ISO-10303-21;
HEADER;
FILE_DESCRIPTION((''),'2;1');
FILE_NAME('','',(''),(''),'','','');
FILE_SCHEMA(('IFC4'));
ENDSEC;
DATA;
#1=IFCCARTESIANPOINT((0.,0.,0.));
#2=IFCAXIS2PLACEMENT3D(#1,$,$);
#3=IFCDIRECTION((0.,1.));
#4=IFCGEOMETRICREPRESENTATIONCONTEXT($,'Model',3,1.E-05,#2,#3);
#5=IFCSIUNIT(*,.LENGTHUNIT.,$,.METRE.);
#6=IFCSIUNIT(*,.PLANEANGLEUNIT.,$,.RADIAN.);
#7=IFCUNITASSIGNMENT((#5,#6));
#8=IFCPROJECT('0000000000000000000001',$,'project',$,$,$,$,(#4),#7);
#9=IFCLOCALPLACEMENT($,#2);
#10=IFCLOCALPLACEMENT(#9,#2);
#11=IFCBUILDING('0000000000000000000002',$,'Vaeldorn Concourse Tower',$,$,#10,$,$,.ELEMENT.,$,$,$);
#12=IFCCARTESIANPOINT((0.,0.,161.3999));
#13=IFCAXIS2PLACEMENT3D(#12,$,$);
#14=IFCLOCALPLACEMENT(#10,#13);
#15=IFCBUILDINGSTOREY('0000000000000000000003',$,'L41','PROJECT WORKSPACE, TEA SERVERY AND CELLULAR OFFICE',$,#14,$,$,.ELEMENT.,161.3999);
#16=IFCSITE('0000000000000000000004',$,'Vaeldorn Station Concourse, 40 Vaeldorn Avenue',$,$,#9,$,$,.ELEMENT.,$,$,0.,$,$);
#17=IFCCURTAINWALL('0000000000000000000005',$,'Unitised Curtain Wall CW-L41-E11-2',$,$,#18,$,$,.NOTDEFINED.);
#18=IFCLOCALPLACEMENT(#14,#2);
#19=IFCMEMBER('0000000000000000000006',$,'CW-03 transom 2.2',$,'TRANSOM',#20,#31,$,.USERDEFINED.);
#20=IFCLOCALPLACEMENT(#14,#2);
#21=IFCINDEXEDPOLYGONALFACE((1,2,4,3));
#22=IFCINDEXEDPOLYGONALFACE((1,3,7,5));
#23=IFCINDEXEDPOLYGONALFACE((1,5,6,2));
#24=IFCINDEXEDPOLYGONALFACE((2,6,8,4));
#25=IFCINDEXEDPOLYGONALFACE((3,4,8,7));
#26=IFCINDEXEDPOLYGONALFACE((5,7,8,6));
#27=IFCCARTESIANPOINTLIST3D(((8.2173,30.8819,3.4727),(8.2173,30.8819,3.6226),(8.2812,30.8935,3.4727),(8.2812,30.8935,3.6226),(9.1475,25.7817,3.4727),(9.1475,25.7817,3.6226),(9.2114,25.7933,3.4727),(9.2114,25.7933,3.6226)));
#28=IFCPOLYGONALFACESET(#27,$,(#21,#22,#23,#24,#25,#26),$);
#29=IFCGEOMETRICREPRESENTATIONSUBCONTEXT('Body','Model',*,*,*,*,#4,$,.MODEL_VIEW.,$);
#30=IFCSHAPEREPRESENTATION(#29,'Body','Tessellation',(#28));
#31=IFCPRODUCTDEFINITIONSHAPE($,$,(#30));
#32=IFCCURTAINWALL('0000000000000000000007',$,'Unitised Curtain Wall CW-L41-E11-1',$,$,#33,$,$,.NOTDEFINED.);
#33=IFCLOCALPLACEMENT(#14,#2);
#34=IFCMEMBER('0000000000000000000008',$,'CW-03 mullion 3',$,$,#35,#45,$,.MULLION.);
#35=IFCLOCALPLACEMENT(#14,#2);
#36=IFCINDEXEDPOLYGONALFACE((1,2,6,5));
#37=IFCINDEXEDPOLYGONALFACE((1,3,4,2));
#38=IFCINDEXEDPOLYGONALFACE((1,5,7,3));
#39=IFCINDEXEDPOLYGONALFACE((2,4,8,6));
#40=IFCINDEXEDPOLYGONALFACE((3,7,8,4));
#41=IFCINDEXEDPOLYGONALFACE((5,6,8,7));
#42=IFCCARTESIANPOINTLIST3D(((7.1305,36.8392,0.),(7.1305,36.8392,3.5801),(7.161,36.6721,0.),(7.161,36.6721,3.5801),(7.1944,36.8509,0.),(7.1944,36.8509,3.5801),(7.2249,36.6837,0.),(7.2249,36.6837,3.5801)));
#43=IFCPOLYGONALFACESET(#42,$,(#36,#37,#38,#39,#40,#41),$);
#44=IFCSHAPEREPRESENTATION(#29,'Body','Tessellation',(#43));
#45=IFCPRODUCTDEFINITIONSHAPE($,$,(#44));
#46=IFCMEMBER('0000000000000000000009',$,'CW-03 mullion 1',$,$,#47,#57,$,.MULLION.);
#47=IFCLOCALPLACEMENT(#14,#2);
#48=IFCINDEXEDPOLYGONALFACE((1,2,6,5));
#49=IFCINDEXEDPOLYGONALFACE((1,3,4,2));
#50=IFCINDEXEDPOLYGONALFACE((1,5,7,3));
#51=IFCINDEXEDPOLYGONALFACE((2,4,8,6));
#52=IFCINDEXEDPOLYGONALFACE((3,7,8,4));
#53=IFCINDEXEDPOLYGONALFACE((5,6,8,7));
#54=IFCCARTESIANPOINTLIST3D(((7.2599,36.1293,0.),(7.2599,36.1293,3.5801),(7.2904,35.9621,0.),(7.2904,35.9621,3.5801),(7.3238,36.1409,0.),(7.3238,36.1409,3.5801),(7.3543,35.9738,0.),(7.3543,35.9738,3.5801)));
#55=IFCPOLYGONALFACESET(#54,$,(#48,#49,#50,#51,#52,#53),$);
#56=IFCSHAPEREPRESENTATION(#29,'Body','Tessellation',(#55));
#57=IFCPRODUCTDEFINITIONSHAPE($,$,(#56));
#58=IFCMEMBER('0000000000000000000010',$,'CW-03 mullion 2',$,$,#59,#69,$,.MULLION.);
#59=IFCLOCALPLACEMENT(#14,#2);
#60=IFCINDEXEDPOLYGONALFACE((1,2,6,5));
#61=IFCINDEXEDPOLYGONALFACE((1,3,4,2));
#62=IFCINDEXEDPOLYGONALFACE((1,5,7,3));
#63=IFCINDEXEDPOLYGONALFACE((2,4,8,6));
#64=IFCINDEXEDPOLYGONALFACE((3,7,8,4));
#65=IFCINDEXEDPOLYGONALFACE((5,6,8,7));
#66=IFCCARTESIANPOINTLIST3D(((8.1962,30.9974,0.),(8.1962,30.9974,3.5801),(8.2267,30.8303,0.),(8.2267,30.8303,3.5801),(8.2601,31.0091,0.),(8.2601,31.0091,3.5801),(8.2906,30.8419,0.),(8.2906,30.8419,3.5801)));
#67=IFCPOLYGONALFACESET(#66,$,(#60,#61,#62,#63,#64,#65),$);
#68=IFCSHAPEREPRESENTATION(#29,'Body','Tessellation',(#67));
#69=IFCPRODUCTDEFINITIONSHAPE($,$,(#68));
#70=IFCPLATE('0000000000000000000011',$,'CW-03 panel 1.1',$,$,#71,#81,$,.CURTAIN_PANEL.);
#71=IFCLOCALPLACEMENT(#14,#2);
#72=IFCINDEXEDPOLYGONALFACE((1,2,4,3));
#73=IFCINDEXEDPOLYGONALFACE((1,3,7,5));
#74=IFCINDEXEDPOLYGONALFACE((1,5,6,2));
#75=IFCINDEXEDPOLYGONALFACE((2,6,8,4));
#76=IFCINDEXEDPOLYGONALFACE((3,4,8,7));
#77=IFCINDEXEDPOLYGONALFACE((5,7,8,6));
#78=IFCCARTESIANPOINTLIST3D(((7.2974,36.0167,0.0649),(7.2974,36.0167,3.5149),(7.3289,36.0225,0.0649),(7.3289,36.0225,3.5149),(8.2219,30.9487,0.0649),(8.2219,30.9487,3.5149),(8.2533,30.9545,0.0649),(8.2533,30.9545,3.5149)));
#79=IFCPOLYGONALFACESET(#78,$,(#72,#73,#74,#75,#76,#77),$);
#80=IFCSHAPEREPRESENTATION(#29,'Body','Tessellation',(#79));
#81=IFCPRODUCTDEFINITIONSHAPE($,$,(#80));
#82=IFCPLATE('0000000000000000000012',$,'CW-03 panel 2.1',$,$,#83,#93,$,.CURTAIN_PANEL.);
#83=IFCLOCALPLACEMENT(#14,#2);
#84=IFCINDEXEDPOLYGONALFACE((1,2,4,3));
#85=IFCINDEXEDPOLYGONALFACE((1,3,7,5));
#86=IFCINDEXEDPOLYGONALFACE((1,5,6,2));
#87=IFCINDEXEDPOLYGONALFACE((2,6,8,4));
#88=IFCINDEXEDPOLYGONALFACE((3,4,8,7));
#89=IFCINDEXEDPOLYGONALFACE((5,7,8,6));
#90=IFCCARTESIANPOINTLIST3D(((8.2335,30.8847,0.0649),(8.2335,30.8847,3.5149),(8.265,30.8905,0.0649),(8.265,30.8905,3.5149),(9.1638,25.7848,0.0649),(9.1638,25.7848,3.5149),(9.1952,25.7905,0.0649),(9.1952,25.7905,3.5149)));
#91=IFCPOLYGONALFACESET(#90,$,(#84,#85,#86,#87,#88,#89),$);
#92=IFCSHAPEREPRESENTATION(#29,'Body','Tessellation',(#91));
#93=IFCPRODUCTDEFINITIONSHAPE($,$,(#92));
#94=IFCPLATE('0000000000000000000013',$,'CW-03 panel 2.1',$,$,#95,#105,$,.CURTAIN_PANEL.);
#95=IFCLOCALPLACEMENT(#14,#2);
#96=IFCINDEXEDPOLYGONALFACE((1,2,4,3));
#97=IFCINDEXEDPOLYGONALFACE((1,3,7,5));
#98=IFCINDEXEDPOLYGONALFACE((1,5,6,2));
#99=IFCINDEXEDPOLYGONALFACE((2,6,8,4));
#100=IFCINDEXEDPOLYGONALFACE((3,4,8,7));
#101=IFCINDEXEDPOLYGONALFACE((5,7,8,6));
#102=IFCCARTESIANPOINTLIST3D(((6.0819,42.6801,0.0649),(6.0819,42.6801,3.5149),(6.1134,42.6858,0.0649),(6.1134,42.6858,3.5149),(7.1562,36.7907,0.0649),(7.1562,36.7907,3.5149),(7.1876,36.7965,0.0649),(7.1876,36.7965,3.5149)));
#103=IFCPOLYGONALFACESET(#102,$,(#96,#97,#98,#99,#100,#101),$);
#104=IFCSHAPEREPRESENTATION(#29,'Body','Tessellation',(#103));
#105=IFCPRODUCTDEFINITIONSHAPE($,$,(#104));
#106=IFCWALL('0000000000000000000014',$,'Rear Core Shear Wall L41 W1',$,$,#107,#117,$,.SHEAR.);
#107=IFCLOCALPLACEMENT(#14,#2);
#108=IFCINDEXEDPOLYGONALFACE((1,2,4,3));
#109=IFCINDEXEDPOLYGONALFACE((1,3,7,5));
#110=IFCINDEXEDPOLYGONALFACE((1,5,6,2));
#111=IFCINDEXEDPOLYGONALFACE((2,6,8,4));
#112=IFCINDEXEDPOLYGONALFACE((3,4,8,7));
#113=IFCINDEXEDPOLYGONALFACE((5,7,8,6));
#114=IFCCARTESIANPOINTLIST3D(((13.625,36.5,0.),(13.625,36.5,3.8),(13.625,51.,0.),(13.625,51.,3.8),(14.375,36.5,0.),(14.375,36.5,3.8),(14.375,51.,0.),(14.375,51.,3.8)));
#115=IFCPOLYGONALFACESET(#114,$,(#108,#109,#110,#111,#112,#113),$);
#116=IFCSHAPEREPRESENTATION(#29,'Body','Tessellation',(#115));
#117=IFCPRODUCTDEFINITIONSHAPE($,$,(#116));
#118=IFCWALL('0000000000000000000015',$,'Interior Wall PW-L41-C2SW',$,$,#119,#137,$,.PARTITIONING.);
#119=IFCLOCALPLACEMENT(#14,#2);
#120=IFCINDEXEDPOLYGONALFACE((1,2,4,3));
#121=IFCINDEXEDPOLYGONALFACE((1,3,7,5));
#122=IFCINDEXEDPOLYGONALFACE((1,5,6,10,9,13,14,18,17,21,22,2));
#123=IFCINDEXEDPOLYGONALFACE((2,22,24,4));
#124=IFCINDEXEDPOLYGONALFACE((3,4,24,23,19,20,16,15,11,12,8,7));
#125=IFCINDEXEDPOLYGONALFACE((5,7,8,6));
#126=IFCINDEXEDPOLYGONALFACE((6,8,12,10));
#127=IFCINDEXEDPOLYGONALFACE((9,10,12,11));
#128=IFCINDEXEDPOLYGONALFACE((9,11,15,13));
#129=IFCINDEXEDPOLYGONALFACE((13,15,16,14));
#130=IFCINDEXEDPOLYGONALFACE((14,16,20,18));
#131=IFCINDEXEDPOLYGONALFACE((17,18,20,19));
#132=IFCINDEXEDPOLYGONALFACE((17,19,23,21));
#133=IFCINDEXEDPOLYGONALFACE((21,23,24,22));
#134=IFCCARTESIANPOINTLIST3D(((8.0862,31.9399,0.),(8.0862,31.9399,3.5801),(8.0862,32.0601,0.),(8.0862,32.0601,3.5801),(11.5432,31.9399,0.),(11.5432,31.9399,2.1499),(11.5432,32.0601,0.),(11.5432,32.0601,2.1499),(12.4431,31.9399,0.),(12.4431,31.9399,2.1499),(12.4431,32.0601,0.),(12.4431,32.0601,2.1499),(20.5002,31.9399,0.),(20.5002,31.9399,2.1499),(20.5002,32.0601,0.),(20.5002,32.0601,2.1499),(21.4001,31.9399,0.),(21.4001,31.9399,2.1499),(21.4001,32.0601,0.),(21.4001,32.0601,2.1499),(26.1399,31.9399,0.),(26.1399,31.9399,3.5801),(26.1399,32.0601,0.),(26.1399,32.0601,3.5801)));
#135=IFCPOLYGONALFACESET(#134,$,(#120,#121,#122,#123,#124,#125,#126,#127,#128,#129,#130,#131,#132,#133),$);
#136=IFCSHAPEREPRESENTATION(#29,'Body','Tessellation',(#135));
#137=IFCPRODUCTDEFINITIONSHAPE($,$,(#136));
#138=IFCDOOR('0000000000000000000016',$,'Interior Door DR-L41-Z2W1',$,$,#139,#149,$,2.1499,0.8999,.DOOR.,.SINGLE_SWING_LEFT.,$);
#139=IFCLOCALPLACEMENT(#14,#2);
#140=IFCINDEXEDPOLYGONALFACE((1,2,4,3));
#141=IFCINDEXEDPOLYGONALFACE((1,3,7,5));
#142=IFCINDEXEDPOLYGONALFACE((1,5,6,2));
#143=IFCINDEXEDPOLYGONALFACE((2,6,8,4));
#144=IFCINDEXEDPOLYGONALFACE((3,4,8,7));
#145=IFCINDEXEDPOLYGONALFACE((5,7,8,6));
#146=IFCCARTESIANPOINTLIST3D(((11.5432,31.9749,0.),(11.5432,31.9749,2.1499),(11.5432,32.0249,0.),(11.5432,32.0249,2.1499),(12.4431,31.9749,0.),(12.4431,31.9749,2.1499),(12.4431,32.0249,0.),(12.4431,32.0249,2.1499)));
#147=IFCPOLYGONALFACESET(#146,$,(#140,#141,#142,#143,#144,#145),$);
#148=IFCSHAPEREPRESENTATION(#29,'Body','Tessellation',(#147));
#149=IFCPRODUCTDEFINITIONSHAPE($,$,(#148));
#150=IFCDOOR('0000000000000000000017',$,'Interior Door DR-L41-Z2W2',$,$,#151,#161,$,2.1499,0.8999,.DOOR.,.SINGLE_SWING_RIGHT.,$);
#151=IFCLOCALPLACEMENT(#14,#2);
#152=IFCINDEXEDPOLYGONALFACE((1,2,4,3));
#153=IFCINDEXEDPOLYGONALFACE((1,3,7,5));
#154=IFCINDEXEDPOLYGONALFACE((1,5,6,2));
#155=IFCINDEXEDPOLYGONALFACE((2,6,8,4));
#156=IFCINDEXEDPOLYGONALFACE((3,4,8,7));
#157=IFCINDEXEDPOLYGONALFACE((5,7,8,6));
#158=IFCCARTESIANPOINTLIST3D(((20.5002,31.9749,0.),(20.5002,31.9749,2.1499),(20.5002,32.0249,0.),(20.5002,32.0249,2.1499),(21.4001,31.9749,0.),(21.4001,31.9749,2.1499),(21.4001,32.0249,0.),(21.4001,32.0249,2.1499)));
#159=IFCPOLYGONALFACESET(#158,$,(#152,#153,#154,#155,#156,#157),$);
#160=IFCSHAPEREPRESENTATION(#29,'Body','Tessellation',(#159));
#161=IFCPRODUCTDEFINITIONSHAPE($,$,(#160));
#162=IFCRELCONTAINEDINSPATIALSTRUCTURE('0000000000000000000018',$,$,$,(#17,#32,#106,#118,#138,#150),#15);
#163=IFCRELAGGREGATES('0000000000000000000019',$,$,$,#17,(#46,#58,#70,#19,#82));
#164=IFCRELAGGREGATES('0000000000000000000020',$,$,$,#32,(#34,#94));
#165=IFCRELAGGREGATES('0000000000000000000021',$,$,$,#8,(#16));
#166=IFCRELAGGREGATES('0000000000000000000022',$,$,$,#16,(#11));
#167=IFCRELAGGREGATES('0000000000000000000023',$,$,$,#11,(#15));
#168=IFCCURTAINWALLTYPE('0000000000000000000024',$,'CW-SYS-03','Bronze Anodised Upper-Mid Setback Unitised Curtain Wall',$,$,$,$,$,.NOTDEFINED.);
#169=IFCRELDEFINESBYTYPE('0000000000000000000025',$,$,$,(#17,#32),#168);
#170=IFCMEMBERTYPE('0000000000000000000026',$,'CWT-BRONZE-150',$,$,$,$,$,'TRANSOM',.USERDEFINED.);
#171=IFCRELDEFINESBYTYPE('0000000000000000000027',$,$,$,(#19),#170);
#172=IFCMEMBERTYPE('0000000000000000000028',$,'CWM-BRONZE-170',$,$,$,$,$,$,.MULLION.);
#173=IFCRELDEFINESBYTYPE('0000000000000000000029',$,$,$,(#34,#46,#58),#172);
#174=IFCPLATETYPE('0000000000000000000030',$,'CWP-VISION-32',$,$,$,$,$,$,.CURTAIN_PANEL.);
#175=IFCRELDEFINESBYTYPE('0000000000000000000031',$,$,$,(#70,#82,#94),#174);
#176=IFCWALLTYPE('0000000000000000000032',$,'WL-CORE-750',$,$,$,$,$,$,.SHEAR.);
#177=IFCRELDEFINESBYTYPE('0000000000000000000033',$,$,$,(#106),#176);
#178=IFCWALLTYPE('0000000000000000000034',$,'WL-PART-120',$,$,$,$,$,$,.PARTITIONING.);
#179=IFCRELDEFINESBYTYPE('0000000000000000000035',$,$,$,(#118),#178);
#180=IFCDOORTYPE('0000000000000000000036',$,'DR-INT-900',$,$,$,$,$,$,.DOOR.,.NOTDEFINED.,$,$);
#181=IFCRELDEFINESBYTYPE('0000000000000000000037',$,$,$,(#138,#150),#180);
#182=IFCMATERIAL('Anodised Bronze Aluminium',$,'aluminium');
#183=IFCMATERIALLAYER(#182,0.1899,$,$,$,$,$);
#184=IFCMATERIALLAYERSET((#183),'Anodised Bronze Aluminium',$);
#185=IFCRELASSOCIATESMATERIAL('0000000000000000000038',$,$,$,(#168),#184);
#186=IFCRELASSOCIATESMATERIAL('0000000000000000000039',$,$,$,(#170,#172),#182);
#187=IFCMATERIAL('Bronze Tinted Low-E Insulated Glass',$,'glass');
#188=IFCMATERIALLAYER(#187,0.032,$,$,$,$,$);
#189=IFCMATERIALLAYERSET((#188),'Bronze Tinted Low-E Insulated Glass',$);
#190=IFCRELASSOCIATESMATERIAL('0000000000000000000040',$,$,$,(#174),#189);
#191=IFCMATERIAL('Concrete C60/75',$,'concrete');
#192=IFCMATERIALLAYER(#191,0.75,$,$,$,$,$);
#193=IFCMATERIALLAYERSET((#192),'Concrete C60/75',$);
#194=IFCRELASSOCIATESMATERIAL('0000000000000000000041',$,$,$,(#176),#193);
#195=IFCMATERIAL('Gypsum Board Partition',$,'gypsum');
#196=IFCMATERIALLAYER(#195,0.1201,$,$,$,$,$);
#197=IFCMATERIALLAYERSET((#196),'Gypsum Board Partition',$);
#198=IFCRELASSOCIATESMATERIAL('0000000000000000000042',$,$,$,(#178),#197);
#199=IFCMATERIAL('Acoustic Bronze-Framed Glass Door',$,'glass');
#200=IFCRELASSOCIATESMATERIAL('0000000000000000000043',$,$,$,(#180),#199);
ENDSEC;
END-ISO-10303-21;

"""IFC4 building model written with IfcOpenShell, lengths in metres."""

from ifc_helpers import new_model, si_unit, direction, frame, frame_2d, origin, origin_2d, place, context, subcontext, project, spatial, rectangle, extrude, source, transform, mapped, material, layer, layer_set, material_profile, profile_set, type_object, element, fill, aggregate, save


model = new_model("IFC4")

# Units and contexts
model_context = context("Model", 3, precision=1e-05, world=origin(), true_north=direction((0.0, 1.0)))
body_context = subcontext(model_context, "Body", "Model", "MODEL_VIEW")
ifc_project = project(units=[si_unit("LENGTHUNIT", "METRE"), si_unit("PLANEANGLEUNIT", "RADIAN")], contexts=[model_context])

# Site, building, storey
site_placement = place(None, origin())
site = spatial("IfcSite", under=ifc_project, at=site_placement, Name="Vaeldorn Station Concourse, 40 Vaeldorn Avenue", CompositionType="ELEMENT", RefElevation=0.0)
building_placement = place(site_placement, origin())
building = spatial("IfcBuilding", under=site, at=building_placement, Name="Vaeldorn Concourse Tower", CompositionType="ELEMENT")
storey_placement = place(building_placement, frame((0.0, 0.0, 161.3999)))
storey = spatial("IfcBuildingStorey", under=building, at=storey_placement, Name="L41", Description="PROJECT WORKSPACE, TEA SERVERY AND CELLULAR OFFICE", CompositionType="ELEMENT", Elevation=161.3999)

# Shared definitions
ifc_material_1 = material(Name="Concrete C60/75", Category="concrete")

# Curtain wall, member
ifc_material_2 = material(Name="Anodised Bronze Aluminium", Category="aluminium")
ifc_layer_1 = layer(ifc_material_2, 0.1899)
ifc_layer_set_1 = layer_set([ifc_layer_1], Name="Anodised Bronze Aluminium")
curtain_wall_type = type_object("IfcCurtainWallType", Name="CW-SYS-03", Description="Bronze Anodised Upper-Mid Setback Unitised Curtain Wall", PredefinedType="NOTDEFINED", material=ifc_layer_set_1)
curtain_wall_1_placement = place(storey_placement, origin())
curtain_wall_1 = element("IfcCurtainWall", 1, at=curtain_wall_1_placement, inside=storey, type_object=curtain_wall_type, Name="Unitised Curtain Wall CW-L41-E11-2", PredefinedType="NOTDEFINED")
ifc_material_profile_1 = material_profile(ifc_material_2, rectangle(XDim=0.0649, YDim=0.1499, at=origin_2d()), Name="CWT 65x150")
ifc_profile_set_1 = profile_set([ifc_material_profile_1], Name="Anodised Bronze Aluminium")
member_type_1 = type_object("IfcMemberType", Name="CWT-BRONZE-150", ElementType="TRANSOM", PredefinedType="USERDEFINED", material=ifc_profile_set_1)
shared_shape_1 = source(origin(), body_context, "Body", "SweptSolid", [
    extrude(rectangle(XDim=0.0649, YDim=0.1499, at=origin_2d()), origin(), (0.0, 0.0, 1.0), 5.1843),
])
member_1_placement = place(storey_placement, frame((8.2493, 30.8877, 3.5476), z_axis=(0.179424, -0.983772, 0.0), x_axis=(0.983772, 0.179424, 0.0)))
member_1 = element("IfcMember", 2, at=member_1_placement, type_object=member_type_1, Name="CW-03 transom 2.2", ObjectType="TRANSOM", PredefinedType="USERDEFINED", context=body_context, shape_type="MappedRepresentation", body=[
    mapped(shared_shape_1, transform((0.0, 0.0, 0.0), scale=1.0)),
])

# Curtain wall, member
curtain_wall_2_placement = place(storey_placement, origin())
curtain_wall_2 = element("IfcCurtainWall", 3, at=curtain_wall_2_placement, inside=storey, type_object=curtain_wall_type, Name="Unitised Curtain Wall CW-L41-E11-1", PredefinedType="NOTDEFINED")
ifc_material_profile_2 = material_profile(ifc_material_2, rectangle(XDim=0.0649, YDim=0.1699, at=origin_2d()), Name="CWM 65x170")
ifc_profile_set_2 = profile_set([ifc_material_profile_2], Name="Anodised Bronze Aluminium")
member_type_2 = type_object("IfcMemberType", Name="CWM-BRONZE-170", PredefinedType="MULLION", material=ifc_profile_set_2)
shared_shape_2 = source(origin(), body_context, "Body", "SweptSolid", [
    extrude(rectangle(XDim=0.0649, YDim=0.1699, at=origin_2d()), origin(), (0.0, 0.0, 1.0), 3.5801),
])
member_2_placement = place(storey_placement, frame((7.1777, 36.7615, 0.0), z_axis=(0.0, 0.0, 1.0), x_axis=(0.983768, 0.179447, 0.0)))
member_2 = element("IfcMember", 4, at=member_2_placement, type_object=member_type_2, Name="CW-03 mullion 3", PredefinedType="MULLION", context=body_context, shape_type="MappedRepresentation", body=[
    mapped(shared_shape_2, transform((0.0, 0.0, 0.0), scale=1.0)),
])

# Members
member_3_placement = place(storey_placement, frame((7.3071, 36.0515, 0.0), z_axis=(0.0, 0.0, 1.0), x_axis=(0.983768, 0.179446, 0.0)))
member_3 = element("IfcMember", 5, at=member_3_placement, type_object=member_type_2, Name="CW-03 mullion 1", PredefinedType="MULLION", context=body_context, shape_type="MappedRepresentation", body=[
    mapped(shared_shape_2, transform((0.0, 0.0, 0.0), scale=1.0)),
])
member_4_placement = place(storey_placement, frame((8.2434, 30.9197, 0.0), z_axis=(0.0, 0.0, 1.0), x_axis=(0.983768, 0.179446, 0.0)))
member_4 = element("IfcMember", 6, at=member_4_placement, type_object=member_type_2, Name="CW-03 mullion 2", PredefinedType="MULLION", context=body_context, shape_type="MappedRepresentation", body=[
    mapped(shared_shape_2, transform((0.0, 0.0, 0.0), scale=1.0)),
])

# Plates
ifc_material_3 = material(Name="Bronze Tinted Low-E Insulated Glass", Category="glass")
ifc_layer_2 = layer(ifc_material_3, 0.032)
ifc_layer_set_2 = layer_set([ifc_layer_2], Name="Bronze Tinted Low-E Insulated Glass")
plate_type = type_object("IfcPlateType", Name="CWP-VISION-32", PredefinedType="CURTAIN_PANEL", material=ifc_layer_set_2)
shared_shape_3 = source(origin(), body_context, "Body", "SweptSolid", [
    extrude(rectangle(XDim=5.1516, YDim=0.032, at=origin_2d()), origin(), (0.0, 0.0, 1.0), 3.45),
])
plate_1_placement = place(storey_placement, frame((7.7754, 33.4856, 0.0649), z_axis=(0.0, 0.0, 1.0), x_axis=(0.179446, -0.983768, 0.0)))
plate_1 = element("IfcPlate", 7, at=plate_1_placement, type_object=plate_type, Name="CW-03 panel 1.1", PredefinedType="CURTAIN_PANEL", context=body_context, shape_type="MappedRepresentation", body=[
    mapped(shared_shape_3, transform((0.0, 0.0, 0.0), scale=1.0)),
])
shared_shape_4 = source(origin(), body_context, "Body", "SweptSolid", [
    extrude(rectangle(XDim=5.1841, YDim=0.032, at=origin_2d()), origin(), (0.0, 0.0, 1.0), 3.45),
])
plate_2_placement = place(storey_placement, frame((8.7144, 28.3376, 0.0649), z_axis=(0.0, 0.0, 1.0), x_axis=(0.179446, -0.983768, 0.0)))
plate_2 = element("IfcPlate", 8, at=plate_2_placement, type_object=plate_type, Name="CW-03 panel 2.1", PredefinedType="CURTAIN_PANEL", context=body_context, shape_type="MappedRepresentation", body=[
    mapped(shared_shape_4, transform((0.0, 0.0, 0.0), scale=1.0)),
])
aggregate(curtain_wall_1, [member_3, member_4, plate_1, member_1, plate_2])
shared_shape_5 = source(origin(), body_context, "Body", "SweptSolid", [
    extrude(rectangle(XDim=5.9866, YDim=0.032, at=origin_2d()), origin(), (0.0, 0.0, 1.0), 3.45),
])
plate_3_placement = place(storey_placement, frame((6.6348, 39.7383, 0.0649), z_axis=(0.0, 0.0, 1.0), x_axis=(0.179447, -0.983768, 0.0)))
plate_3 = element("IfcPlate", 9, at=plate_3_placement, type_object=plate_type, Name="CW-03 panel 2.1", PredefinedType="CURTAIN_PANEL", context=body_context, shape_type="MappedRepresentation", body=[
    mapped(shared_shape_5, transform((0.0, 0.0, 0.0), scale=1.0)),
])
aggregate(curtain_wall_2, [member_2, plate_3])

# Wall
ifc_layer_3 = layer(ifc_material_1, 0.75)
ifc_layer_set_3 = layer_set([ifc_layer_3], Name="Concrete C60/75")
wall_type_1 = type_object("IfcWallType", Name="WL-CORE-750", PredefinedType="SHEAR", material=ifc_layer_set_3)
wall_1_placement = place(storey_placement, frame((14.0, 36.5, 0.0), z_axis=(0.0, 0.0, 1.0), x_axis=(0.0, 1.0, 0.0)))
element("IfcWall", 10, at=wall_1_placement, inside=storey, type_object=wall_type_1, Name="Rear Core Shear Wall L41 W1", PredefinedType="SHEAR", context=body_context, shape_type="SweptSolid", body=[
    extrude(rectangle(XDim=14.5, YDim=0.75, at=frame_2d((7.25, 0.0))), origin(), (0.0, 0.0, 1.0), 3.8),
])

# Wall, openings, doors
ifc_material_4 = material(Name="Gypsum Board Partition", Category="gypsum")
ifc_layer_4 = layer(ifc_material_4, 0.1201)
ifc_layer_set_4 = layer_set([ifc_layer_4], Name="Gypsum Board Partition")
wall_type_2 = type_object("IfcWallType", Name="WL-PART-120", PredefinedType="PARTITIONING", material=ifc_layer_set_4)
wall_2_placement = place(storey_placement, frame((8.0862, 32.0, 0.0), z_axis=(0.0, 0.0, 1.0), x_axis=(1.0, 0.0, 0.0)))
wall_2 = element("IfcWall", 11, at=wall_2_placement, inside=storey, type_object=wall_type_2, Name="Interior Wall PW-L41-C2SW", PredefinedType="PARTITIONING", context=body_context, shape_type="SweptSolid", body=[
    extrude(rectangle(XDim=18.0537, YDim=0.1201, at=frame_2d((9.0269, 0.0))), origin(), (0.0, 0.0, 1.0), 3.5801),
])
opening_1_placement = place(wall_2_placement, frame((3.457, 0.0, 0.0)))
opening_1 = element("IfcOpeningElement", 12, at=opening_1_placement, cuts=wall_2, PredefinedType="OPENING", context=body_context, shape_type="SweptSolid", body=[
    extrude(rectangle(XDim=0.8999, YDim=2.1499, at=frame_2d((0.45, 1.075))), frame((0.0, 0.0701, 0.0), z_axis=(0.0, -1.0, 0.0), x_axis=(1.0, 0.0, 0.0)), (0.0, 0.0, 1.0), 0.1401),
])
opening_2_placement = place(wall_2_placement, frame((12.4141, 0.0, 0.0)))
opening_2 = element("IfcOpeningElement", 13, at=opening_2_placement, cuts=wall_2, PredefinedType="OPENING", context=body_context, shape_type="SweptSolid", body=[
    extrude(rectangle(XDim=0.8999, YDim=2.1499, at=frame_2d((0.45, 1.075))), frame((0.0, 0.0701, 0.0), z_axis=(0.0, -1.0, 0.0), x_axis=(1.0, 0.0, 0.0)), (0.0, 0.0, 1.0), 0.1401),
])
ifc_material_5 = material(Name="Acoustic Bronze-Framed Glass Door", Category="glass")
door_type = type_object("IfcDoorType", Name="DR-INT-900", OperationType="NOTDEFINED", PredefinedType="DOOR", material=ifc_material_5)
shared_shape_6 = source(origin(), body_context, "Body", "SweptSolid", [
    extrude(rectangle(XDim=0.8999, YDim=2.1499, at=frame_2d((0.45, 1.075))), frame((0.0, 0.0249, 0.0), z_axis=(0.0, -1.0, 0.0), x_axis=(1.0, 0.0, 0.0)), (0.0, 0.0, 1.0), 0.05),
])
door_1_placement = place(opening_1_placement, origin())
door_1 = element("IfcDoor", 14, at=door_1_placement, inside=storey, type_object=door_type, Name="Interior Door DR-L41-Z2W1", OperationType="SINGLE_SWING_LEFT", OverallHeight=2.1499, OverallWidth=0.8999, PredefinedType="DOOR", context=body_context, shape_type="MappedRepresentation", body=[
    mapped(shared_shape_6, transform((0.0, 0.0, 0.0), scale=1.0)),
])
fill(opening_1, door_1)
door_2_placement = place(opening_2_placement, origin())
door_2 = element("IfcDoor", 15, at=door_2_placement, inside=storey, type_object=door_type, Name="Interior Door DR-L41-Z2W2", OperationType="SINGLE_SWING_RIGHT", OverallHeight=2.1499, OverallWidth=0.8999, PredefinedType="DOOR", context=body_context, shape_type="MappedRepresentation", body=[
    mapped(shared_shape_6, transform((0.0, 0.0, 0.0), scale=1.0)),
])
fill(opening_2, door_2)

save(model, "model.ifc")
